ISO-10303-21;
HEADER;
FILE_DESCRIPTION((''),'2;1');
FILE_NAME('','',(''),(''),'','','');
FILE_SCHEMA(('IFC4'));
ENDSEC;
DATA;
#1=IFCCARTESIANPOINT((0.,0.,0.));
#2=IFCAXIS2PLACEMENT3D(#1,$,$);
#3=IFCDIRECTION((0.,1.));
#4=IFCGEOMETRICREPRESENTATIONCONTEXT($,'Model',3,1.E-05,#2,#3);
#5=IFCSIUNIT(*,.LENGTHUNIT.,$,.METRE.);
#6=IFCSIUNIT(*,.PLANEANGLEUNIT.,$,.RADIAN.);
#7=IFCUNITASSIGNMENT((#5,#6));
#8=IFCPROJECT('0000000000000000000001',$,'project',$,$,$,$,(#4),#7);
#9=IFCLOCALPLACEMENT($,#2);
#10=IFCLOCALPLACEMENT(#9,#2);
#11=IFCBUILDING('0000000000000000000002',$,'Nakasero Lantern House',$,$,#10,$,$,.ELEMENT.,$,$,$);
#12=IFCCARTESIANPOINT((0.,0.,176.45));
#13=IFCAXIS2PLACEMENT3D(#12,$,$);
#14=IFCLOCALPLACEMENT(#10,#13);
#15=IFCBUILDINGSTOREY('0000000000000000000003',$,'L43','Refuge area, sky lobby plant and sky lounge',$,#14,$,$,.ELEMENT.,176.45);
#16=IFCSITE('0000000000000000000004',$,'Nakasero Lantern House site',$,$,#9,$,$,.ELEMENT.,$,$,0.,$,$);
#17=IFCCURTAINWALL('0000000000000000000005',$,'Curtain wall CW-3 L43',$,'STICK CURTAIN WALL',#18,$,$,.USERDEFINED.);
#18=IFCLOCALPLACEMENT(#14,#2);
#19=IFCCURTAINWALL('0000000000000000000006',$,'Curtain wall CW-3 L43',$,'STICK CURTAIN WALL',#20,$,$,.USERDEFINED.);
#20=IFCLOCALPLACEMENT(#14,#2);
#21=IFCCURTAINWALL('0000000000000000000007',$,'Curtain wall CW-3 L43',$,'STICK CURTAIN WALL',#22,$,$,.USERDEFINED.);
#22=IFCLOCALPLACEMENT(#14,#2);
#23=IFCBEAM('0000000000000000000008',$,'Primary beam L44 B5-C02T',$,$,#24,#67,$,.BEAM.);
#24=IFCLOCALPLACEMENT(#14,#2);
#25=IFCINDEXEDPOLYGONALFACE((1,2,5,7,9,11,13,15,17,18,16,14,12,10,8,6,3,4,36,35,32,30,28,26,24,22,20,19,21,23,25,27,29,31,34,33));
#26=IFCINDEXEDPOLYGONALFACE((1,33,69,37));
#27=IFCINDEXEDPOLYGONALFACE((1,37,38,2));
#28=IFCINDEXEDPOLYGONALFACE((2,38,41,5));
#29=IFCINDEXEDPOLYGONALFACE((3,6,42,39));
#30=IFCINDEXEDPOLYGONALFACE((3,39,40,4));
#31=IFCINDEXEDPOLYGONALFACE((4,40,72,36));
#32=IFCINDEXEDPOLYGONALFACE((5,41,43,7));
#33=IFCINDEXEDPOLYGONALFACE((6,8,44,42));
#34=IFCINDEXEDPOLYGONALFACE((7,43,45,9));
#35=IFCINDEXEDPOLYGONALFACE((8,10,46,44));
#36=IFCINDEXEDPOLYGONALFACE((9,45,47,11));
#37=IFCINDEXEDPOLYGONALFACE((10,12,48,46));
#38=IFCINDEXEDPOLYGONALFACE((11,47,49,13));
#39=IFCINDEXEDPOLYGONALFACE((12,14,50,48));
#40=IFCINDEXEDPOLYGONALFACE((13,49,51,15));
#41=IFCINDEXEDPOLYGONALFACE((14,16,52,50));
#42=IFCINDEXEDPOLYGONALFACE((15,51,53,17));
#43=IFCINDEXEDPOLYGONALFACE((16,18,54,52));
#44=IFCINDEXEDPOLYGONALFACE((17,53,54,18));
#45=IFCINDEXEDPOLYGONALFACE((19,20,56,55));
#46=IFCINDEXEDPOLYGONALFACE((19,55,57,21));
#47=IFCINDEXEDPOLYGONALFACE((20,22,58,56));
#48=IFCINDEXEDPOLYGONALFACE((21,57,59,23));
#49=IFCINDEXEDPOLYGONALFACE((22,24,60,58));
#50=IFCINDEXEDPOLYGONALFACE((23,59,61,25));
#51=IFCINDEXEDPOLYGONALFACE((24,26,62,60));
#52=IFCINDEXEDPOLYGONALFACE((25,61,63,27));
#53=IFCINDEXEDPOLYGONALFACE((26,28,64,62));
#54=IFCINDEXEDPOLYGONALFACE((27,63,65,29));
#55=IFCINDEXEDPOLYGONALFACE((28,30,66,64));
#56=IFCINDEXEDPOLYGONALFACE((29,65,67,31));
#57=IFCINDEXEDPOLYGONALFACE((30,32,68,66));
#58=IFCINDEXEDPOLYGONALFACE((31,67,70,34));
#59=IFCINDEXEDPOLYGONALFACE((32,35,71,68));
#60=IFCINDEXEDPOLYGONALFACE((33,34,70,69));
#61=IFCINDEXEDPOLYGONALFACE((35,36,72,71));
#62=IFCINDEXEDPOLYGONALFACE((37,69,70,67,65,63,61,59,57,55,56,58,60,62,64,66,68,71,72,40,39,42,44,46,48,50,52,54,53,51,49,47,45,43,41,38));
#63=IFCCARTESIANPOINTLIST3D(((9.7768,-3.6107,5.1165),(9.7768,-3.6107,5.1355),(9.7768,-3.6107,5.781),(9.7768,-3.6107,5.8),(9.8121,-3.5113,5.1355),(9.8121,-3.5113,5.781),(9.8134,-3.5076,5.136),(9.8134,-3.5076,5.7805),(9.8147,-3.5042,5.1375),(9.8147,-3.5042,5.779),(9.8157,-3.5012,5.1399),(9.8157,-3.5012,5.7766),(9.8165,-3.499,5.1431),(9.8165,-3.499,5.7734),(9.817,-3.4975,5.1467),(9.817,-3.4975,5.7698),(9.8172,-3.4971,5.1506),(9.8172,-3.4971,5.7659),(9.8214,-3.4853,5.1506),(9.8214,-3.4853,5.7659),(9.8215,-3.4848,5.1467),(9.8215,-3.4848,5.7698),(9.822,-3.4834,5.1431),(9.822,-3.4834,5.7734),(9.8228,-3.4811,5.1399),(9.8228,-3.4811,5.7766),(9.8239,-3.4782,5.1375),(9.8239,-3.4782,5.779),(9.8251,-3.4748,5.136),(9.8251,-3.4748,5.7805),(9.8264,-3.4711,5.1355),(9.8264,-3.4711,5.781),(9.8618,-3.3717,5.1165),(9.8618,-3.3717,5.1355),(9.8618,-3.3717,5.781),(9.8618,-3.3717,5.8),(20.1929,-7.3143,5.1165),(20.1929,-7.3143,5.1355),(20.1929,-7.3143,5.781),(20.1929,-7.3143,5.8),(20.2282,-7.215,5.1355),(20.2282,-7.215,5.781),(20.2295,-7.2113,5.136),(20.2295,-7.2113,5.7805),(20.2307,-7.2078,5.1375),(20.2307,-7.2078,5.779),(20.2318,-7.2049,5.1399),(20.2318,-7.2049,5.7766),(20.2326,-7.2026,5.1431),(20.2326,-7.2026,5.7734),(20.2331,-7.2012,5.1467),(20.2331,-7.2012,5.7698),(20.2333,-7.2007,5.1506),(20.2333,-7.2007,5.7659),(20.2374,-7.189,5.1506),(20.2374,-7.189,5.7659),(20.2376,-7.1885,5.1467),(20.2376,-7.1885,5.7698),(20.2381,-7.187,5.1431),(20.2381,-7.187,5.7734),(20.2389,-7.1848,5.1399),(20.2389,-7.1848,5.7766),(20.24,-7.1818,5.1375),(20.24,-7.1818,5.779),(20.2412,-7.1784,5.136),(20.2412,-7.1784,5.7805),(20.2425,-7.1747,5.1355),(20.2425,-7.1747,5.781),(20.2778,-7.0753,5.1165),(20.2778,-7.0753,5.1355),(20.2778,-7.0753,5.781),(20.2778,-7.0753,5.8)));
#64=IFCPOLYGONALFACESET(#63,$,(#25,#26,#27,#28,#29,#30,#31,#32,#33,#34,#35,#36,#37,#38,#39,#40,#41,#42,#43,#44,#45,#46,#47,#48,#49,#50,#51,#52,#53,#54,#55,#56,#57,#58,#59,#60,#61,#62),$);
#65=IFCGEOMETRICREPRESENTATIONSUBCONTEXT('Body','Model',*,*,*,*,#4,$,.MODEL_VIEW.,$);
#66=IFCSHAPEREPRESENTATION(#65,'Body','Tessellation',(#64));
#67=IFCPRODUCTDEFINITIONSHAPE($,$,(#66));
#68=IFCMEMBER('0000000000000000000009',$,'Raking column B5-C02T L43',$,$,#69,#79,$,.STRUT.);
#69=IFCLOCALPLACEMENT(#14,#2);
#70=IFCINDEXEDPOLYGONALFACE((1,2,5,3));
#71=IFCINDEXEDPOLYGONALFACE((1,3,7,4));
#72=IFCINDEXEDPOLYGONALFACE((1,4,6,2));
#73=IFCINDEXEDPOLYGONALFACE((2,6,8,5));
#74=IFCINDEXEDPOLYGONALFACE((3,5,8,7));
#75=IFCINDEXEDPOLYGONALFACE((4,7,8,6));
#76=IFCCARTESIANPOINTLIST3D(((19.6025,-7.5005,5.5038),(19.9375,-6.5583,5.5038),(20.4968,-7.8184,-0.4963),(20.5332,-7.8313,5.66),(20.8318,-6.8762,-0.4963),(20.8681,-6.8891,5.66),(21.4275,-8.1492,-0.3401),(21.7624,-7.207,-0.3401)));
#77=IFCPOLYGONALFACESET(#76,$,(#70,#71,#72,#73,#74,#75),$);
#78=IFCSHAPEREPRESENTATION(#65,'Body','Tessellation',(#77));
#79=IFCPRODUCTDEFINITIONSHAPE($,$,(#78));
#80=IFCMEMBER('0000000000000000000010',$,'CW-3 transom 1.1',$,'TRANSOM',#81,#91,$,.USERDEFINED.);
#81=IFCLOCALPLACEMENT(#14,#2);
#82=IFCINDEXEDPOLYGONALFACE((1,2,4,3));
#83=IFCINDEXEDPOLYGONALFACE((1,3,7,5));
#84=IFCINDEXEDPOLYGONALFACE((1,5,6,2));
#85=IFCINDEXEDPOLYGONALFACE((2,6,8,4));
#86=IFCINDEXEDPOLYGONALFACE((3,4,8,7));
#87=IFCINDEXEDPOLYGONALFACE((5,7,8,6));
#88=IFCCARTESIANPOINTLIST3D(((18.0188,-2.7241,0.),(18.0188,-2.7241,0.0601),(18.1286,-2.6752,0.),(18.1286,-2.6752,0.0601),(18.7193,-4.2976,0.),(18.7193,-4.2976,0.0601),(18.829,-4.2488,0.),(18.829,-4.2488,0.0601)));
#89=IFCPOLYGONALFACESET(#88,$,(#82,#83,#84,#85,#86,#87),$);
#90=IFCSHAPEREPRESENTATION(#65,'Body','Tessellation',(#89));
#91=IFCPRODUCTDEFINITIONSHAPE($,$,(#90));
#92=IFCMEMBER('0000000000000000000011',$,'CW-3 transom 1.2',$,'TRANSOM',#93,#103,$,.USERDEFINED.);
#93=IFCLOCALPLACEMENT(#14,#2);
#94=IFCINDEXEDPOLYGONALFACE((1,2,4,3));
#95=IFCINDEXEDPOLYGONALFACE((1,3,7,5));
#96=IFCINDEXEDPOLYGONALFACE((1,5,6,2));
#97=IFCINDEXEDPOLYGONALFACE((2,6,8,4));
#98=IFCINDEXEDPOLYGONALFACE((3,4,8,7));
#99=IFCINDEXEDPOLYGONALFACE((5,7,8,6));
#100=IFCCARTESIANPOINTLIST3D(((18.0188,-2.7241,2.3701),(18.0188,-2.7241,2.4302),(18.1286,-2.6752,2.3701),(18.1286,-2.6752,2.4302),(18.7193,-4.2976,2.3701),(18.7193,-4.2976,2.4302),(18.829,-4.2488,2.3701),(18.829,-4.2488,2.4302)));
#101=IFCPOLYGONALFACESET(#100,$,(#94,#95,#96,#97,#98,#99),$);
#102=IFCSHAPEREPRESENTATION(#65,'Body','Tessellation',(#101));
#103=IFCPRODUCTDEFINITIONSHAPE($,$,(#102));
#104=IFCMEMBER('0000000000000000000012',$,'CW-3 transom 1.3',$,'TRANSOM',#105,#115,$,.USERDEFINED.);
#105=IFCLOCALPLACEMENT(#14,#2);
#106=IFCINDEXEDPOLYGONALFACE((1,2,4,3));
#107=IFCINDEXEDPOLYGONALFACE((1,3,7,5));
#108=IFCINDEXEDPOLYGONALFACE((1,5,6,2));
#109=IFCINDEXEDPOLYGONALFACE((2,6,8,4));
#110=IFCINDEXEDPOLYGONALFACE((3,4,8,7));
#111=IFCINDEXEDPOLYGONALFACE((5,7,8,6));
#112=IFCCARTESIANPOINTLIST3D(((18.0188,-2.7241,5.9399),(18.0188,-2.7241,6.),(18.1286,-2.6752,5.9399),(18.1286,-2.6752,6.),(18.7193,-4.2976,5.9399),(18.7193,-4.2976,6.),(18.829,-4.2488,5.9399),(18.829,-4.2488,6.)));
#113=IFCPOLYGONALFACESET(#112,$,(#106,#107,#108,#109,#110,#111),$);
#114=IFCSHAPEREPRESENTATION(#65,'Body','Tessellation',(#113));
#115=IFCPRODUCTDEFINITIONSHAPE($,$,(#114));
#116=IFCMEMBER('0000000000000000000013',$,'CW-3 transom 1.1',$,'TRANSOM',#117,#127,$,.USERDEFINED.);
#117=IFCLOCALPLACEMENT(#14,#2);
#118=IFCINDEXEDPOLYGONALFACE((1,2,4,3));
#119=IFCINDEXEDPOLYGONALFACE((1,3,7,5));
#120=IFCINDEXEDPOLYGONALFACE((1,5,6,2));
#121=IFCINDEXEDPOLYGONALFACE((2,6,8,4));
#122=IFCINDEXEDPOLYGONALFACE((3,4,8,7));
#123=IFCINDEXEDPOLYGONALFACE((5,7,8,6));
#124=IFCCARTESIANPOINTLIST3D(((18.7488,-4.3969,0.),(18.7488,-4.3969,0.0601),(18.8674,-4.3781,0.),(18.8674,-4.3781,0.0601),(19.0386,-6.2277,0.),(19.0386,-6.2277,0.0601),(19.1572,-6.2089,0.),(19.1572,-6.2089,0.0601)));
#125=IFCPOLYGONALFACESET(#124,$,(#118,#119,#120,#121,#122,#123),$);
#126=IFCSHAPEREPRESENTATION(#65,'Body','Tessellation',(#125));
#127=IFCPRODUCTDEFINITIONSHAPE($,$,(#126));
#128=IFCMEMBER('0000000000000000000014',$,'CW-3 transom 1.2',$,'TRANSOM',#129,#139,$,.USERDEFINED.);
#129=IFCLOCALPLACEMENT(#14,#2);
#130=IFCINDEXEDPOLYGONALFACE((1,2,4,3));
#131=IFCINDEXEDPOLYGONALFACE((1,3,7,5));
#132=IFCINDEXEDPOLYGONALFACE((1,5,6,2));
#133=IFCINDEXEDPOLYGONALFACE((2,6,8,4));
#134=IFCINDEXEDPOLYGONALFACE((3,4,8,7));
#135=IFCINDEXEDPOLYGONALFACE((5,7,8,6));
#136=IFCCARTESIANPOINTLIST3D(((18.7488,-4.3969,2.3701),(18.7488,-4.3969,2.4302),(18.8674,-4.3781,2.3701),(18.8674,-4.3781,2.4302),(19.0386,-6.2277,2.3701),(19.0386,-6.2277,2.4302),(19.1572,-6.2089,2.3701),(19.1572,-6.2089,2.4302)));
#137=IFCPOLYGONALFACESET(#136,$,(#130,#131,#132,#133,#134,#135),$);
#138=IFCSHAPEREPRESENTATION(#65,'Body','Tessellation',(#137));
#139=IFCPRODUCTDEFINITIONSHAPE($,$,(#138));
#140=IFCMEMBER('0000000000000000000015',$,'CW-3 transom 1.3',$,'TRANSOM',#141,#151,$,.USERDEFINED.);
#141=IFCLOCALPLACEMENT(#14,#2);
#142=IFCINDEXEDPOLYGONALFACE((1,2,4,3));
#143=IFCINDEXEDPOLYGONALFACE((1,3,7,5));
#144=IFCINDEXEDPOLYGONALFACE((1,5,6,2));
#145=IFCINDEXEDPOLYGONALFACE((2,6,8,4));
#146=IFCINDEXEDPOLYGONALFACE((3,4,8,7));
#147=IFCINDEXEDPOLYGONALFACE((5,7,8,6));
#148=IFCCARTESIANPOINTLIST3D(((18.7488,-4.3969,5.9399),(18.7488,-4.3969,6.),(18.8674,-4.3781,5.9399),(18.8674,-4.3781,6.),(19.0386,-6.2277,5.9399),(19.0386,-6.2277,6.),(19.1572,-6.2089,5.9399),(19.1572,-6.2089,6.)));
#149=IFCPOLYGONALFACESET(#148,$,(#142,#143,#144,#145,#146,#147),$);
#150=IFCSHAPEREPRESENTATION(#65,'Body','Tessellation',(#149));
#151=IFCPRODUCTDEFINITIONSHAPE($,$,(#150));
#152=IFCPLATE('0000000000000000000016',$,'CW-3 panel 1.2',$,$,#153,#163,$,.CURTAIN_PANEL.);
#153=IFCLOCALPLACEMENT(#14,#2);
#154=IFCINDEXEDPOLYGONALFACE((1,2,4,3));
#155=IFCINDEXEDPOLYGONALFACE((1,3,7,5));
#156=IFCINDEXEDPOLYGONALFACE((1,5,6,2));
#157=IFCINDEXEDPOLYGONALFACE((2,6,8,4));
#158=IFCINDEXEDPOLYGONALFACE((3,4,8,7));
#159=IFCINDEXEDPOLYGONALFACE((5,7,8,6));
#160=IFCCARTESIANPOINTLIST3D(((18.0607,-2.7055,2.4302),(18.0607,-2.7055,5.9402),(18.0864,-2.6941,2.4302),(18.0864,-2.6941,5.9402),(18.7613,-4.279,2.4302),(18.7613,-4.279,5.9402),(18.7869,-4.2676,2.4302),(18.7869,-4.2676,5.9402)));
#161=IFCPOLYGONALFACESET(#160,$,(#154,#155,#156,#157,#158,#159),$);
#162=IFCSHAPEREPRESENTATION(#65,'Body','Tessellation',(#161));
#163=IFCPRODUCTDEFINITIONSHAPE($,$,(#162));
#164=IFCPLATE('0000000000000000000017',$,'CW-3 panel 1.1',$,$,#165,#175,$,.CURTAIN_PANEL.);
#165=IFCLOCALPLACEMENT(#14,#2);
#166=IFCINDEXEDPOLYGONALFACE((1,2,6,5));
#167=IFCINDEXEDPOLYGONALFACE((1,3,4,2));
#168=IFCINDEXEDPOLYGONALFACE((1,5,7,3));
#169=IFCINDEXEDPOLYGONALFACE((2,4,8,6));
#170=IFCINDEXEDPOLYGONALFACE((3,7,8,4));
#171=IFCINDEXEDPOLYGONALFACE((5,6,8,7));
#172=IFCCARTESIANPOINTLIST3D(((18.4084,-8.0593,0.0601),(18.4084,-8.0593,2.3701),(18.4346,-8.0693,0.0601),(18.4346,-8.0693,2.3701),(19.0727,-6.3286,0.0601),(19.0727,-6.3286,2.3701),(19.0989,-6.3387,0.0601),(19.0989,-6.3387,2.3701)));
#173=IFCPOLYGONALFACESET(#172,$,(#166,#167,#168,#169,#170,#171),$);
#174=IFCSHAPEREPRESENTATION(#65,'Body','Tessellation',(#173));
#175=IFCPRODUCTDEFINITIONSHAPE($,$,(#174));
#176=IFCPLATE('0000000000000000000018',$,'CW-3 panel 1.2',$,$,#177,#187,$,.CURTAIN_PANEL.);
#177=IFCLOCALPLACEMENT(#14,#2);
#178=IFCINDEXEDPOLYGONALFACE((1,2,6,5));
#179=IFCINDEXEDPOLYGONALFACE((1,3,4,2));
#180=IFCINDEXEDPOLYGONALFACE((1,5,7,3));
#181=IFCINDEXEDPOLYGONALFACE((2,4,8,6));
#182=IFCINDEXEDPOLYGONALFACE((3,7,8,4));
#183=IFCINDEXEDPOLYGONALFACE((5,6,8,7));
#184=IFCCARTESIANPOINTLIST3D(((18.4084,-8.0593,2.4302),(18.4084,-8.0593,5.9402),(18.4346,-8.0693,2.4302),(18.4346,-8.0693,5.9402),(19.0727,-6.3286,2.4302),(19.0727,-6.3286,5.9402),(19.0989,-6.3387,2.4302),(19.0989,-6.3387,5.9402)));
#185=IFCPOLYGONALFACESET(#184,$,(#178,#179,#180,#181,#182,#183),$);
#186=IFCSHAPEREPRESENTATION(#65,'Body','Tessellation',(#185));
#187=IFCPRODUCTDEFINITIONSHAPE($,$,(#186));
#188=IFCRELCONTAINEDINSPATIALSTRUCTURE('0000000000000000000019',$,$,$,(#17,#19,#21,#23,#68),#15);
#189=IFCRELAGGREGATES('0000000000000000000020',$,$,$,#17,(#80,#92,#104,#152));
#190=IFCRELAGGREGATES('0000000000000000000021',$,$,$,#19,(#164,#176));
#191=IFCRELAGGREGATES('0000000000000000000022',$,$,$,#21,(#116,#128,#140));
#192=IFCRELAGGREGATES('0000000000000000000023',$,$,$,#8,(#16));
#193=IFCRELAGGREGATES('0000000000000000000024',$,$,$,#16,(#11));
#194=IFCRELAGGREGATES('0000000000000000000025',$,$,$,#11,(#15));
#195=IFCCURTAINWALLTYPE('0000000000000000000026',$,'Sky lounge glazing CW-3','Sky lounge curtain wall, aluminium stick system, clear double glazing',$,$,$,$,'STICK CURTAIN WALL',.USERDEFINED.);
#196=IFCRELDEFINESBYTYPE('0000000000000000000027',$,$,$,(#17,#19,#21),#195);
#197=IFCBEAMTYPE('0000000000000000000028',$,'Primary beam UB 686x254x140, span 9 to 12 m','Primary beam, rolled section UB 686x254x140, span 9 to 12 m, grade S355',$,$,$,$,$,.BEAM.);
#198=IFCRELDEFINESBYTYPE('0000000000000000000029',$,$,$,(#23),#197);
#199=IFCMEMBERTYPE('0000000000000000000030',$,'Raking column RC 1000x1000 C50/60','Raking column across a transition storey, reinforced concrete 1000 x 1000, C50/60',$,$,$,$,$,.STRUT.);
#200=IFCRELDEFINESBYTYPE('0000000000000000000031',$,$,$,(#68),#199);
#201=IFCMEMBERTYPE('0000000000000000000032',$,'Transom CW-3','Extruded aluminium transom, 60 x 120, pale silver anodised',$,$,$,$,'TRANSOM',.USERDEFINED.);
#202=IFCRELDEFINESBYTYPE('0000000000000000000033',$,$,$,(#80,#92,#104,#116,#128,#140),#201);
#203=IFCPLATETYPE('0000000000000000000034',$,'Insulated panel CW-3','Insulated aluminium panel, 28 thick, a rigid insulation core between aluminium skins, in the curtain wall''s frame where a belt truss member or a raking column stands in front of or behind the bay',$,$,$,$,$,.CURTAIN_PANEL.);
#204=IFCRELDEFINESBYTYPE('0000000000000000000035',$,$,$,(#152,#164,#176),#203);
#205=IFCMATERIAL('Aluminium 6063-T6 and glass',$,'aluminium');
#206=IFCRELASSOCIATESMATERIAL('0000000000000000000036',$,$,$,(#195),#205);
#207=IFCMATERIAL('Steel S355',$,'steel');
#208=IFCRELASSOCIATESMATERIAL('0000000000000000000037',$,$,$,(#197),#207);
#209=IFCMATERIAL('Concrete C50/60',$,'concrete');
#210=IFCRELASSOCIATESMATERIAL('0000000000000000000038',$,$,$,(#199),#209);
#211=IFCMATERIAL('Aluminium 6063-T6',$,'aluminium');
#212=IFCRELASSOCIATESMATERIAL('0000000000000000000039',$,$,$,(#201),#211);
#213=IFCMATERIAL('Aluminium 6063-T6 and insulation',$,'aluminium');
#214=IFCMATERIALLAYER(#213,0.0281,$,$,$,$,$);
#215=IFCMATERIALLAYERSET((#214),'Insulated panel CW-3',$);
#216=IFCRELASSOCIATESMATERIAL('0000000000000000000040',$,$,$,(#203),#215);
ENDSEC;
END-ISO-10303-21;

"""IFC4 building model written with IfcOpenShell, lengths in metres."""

from ifc_helpers import new_model, si_unit, direction, frame, origin, origin_2d, place, context, subcontext, project, spatial, rectangle, i_section, extrude, material, layer, layer_set, material_profile, profile_set, type_object, element, aggregate, save


model = new_model("IFC4")

# Units and contexts
model_context = context("Model", 3, precision=1e-05, world=origin(), true_north=direction((0.0, 1.0)))
body_context = subcontext(model_context, "Body", "Model", "MODEL_VIEW")
ifc_project = project(units=[si_unit("LENGTHUNIT", "METRE"), si_unit("PLANEANGLEUNIT", "RADIAN")], contexts=[model_context])

# Site, building, storey
site_placement = place(None, origin())
site = spatial("IfcSite", under=ifc_project, at=site_placement, Name="Nakasero Lantern House site", CompositionType="ELEMENT", RefElevation=0.0)
building_placement = place(site_placement, origin())
building = spatial("IfcBuilding", under=site, at=building_placement, Name="Nakasero Lantern House", CompositionType="ELEMENT")
storey_placement = place(building_placement, frame((0.0, 0.0, 176.45)))
storey = spatial("IfcBuildingStorey", under=building, at=storey_placement, Name="L43", Description="Refuge area, sky lobby plant and sky lounge", CompositionType="ELEMENT", Elevation=176.45)

# Curtain walls
ifc_material_1 = material(Name="Aluminium 6063-T6 and glass", Category="aluminium")
curtain_wall_type = type_object("IfcCurtainWallType", Name="Sky lounge glazing CW-3", Description="Sky lounge curtain wall, aluminium stick system, clear double glazing", ElementType="STICK CURTAIN WALL", PredefinedType="USERDEFINED", material=ifc_material_1)
curtain_wall_1_placement = place(storey_placement, origin())
curtain_wall_1 = element("IfcCurtainWall", 1, at=curtain_wall_1_placement, inside=storey, type_object=curtain_wall_type, Name="Curtain wall CW-3 L43", ObjectType="STICK CURTAIN WALL", PredefinedType="USERDEFINED")
curtain_wall_2_placement = place(storey_placement, origin())
curtain_wall_2 = element("IfcCurtainWall", 2, at=curtain_wall_2_placement, inside=storey, type_object=curtain_wall_type, Name="Curtain wall CW-3 L43", ObjectType="STICK CURTAIN WALL", PredefinedType="USERDEFINED")

# Curtain wall
curtain_wall_3_placement = place(storey_placement, origin())
curtain_wall_3 = element("IfcCurtainWall", 3, at=curtain_wall_3_placement, inside=storey, type_object=curtain_wall_type, Name="Curtain wall CW-3 L43", ObjectType="STICK CURTAIN WALL", PredefinedType="USERDEFINED")

# Beam
ifc_material_2 = material(Name="Steel S355", Category="steel")
ifc_material_profile_1 = material_profile(ifc_material_2, i_section(OverallWidth=0.2537, OverallDepth=0.6836, WebThickness=0.0125, FlangeThickness=0.019, FilletRadius=0.0151, at=origin_2d()), Name="UB 686x254x140")
ifc_profile_set_1 = profile_set([ifc_material_profile_1], Name="Steel S355")
beam_type = type_object("IfcBeamType", Name="Primary beam UB 686x254x140, span 9 to 12 m", Description="Primary beam, rolled section UB 686x254x140, span 9 to 12 m, grade S355", PredefinedType="BEAM", material=ifc_profile_set_1)
beam_placement = place(storey_placement, frame((20.2354, -7.1948, 5.4583), z_axis=(-0.942211, 0.335021, 0.0), x_axis=(-0.335021, -0.942211, 0.0)))
element("IfcBeam", 4, at=beam_placement, inside=storey, type_object=beam_type, Name="Primary beam L44 B5-C02T", PredefinedType="BEAM", context=body_context, shape_type="SweptSolid", body=[
    extrude(i_section(OverallWidth=0.2537, OverallDepth=0.6836, WebThickness=0.0125, FlangeThickness=0.019, FilletRadius=0.0151, at=origin_2d()), origin(), (0.0, 0.0, 1.0), 11.0549),
])

# Members
ifc_material_3 = material(Name="Concrete C50/60", Category="concrete")
ifc_material_profile_2 = material_profile(ifc_material_3, rectangle(XDim=1.0, YDim=1.0, at=origin_2d()), Name="RC 1000x1000")
ifc_profile_set_2 = profile_set([ifc_material_profile_2], Name="Concrete C50/60")
member_type_1 = type_object("IfcMemberType", Name="Raking column RC 1000x1000 C50/60", Description="Raking column across a transition storey, reinforced concrete 1000 x 1000, C50/60", PredefinedType="STRUT", material=ifc_profile_set_2)
member_1_placement = place(storey_placement, frame((21.1296, -7.5127, -0.4182), z_axis=(-0.147217, 0.052328, 0.987719), x_axis=(-0.334918, -0.942247, 0.0)))
element("IfcMember", 5, at=member_1_placement, inside=storey, type_object=member_type_1, Name="Raking column B5-C02T L43", PredefinedType="STRUT", context=body_context, shape_type="SweptSolid", body=[
    extrude(rectangle(XDim=1.0, YDim=1.0, at=origin_2d()), origin(), (0.0, 0.0, 1.0), 6.0747),
])
ifc_material_4 = material(Name="Aluminium 6063-T6", Category="aluminium")
ifc_material_profile_3 = material_profile(ifc_material_4, rectangle(XDim=0.0601, YDim=0.1201, at=origin_2d()), Name="CW-3 transom 60x120")
ifc_profile_set_3 = profile_set([ifc_material_profile_3], Name="Aluminium 6063-T6")
member_type_2 = type_object("IfcMemberType", Name="Transom CW-3", Description="Extruded aluminium transom, 60 x 120, pale silver anodised", ElementType="TRANSOM", PredefinedType="USERDEFINED", material=ifc_profile_set_3)
member_2_placement = place(storey_placement, frame((18.7742, -4.2732, 0.03), z_axis=(-0.406678, 0.913572, 0.0), x_axis=(0.0, 0.0, 1.0)))
member_2 = element("IfcMember", 6, at=member_2_placement, type_object=member_type_2, Name="CW-3 transom 1.1", ObjectType="TRANSOM", PredefinedType="USERDEFINED", context=body_context, shape_type="SweptSolid", body=[
    extrude(rectangle(XDim=0.0601, YDim=0.1201, at=origin_2d()), origin(), (0.0, 0.0, 1.0), 1.7224),
])
member_3_placement = place(storey_placement, frame((18.7742, -4.2732, 2.4001), z_axis=(-0.406678, 0.913572, 0.0), x_axis=(0.0, 0.0, 1.0)))
member_3 = element("IfcMember", 7, at=member_3_placement, type_object=member_type_2, Name="CW-3 transom 1.2", ObjectType="TRANSOM", PredefinedType="USERDEFINED", context=body_context, shape_type="SweptSolid", body=[
    extrude(rectangle(XDim=0.0601, YDim=0.1201, at=origin_2d()), origin(), (0.0, 0.0, 1.0), 1.7224),
])
member_4_placement = place(storey_placement, frame((18.7742, -4.2732, 5.97), z_axis=(-0.406678, 0.913572, 0.0), x_axis=(0.0, 0.0, 1.0)))
member_4 = element("IfcMember", 8, at=member_4_placement, type_object=member_type_2, Name="CW-3 transom 1.3", ObjectType="TRANSOM", PredefinedType="USERDEFINED", context=body_context, shape_type="SweptSolid", body=[
    extrude(rectangle(XDim=0.0601, YDim=0.1201, at=origin_2d()), origin(), (0.0, 0.0, 1.0), 1.7224),
])
member_5_placement = place(storey_placement, frame((19.0979, -6.2183, 0.03), z_axis=(-0.156341, 0.987703, 0.0), x_axis=(0.0, 0.0, 1.0)))
member_5 = element("IfcMember", 9, at=member_5_placement, type_object=member_type_2, Name="CW-3 transom 1.1", ObjectType="TRANSOM", PredefinedType="USERDEFINED", context=body_context, shape_type="SweptSolid", body=[
    extrude(rectangle(XDim=0.0601, YDim=0.1201, at=origin_2d()), origin(), (0.0, 0.0, 1.0), 1.8535),
])
member_6_placement = place(storey_placement, frame((19.0979, -6.2183, 2.4001), z_axis=(-0.156341, 0.987703, 0.0), x_axis=(0.0, 0.0, 1.0)))
member_6 = element("IfcMember", 10, at=member_6_placement, type_object=member_type_2, Name="CW-3 transom 1.2", ObjectType="TRANSOM", PredefinedType="USERDEFINED", context=body_context, shape_type="SweptSolid", body=[
    extrude(rectangle(XDim=0.0601, YDim=0.1201, at=origin_2d()), origin(), (0.0, 0.0, 1.0), 1.8535),
])
member_7_placement = place(storey_placement, frame((19.0979, -6.2183, 5.97), z_axis=(-0.156341, 0.987703, 0.0), x_axis=(0.0, 0.0, 1.0)))
member_7 = element("IfcMember", 11, at=member_7_placement, type_object=member_type_2, Name="CW-3 transom 1.3", ObjectType="TRANSOM", PredefinedType="USERDEFINED", context=body_context, shape_type="SweptSolid", body=[
    extrude(rectangle(XDim=0.0601, YDim=0.1201, at=origin_2d()), origin(), (0.0, 0.0, 1.0), 1.8535),
])

# Plates
ifc_material_5 = material(Name="Aluminium 6063-T6 and insulation", Category="aluminium")
ifc_layer_1 = layer(ifc_material_5, 0.0281)
ifc_layer_set_1 = layer_set([ifc_layer_1], Name="Insulated panel CW-3")
plate_type = type_object("IfcPlateType", Name="Insulated panel CW-3", Description="Insulated aluminium panel, 28 thick, a rigid insulation core between aluminium skins, in the curtain wall's frame where a belt truss member or a raking column stands in front of or behind the bay", PredefinedType="CURTAIN_PANEL", material=ifc_layer_set_1)
plate_1_placement = place(storey_placement, frame((18.4238, -3.4866, 2.4302), z_axis=(0.0, 0.0, 1.0), x_axis=(-0.406737, 0.913545, 0.0)))
plate_1 = element("IfcPlate", 12, at=plate_1_placement, type_object=plate_type, Name="CW-3 panel 1.2", PredefinedType="CURTAIN_PANEL", context=body_context, shape_type="SweptSolid", body=[
    extrude(rectangle(XDim=1.7224, YDim=0.0281, at=origin_2d()), origin(), (0.0, 0.0, 1.0), 3.51),
])
aggregate(curtain_wall_1, [member_2, member_3, member_4, plate_1])
plate_2_placement = place(storey_placement, frame((18.7537, -7.199, 0.0601), z_axis=(0.0, 0.0, 1.0), x_axis=(0.358368, 0.93358, 0.0)))
plate_2 = element("IfcPlate", 13, at=plate_2_placement, type_object=plate_type, Name="CW-3 panel 1.1", PredefinedType="CURTAIN_PANEL", context=body_context, shape_type="SweptSolid", body=[
    extrude(rectangle(XDim=1.8538, YDim=0.0281, at=origin_2d()), origin(), (0.0, 0.0, 1.0), 2.3101),
])
plate_3_placement = place(storey_placement, frame((18.7537, -7.199, 2.4302), z_axis=(0.0, 0.0, 1.0), x_axis=(0.358368, 0.93358, 0.0)))
plate_3 = element("IfcPlate", 14, at=plate_3_placement, type_object=plate_type, Name="CW-3 panel 1.2", PredefinedType="CURTAIN_PANEL", context=body_context, shape_type="SweptSolid", body=[
    extrude(rectangle(XDim=1.8538, YDim=0.0281, at=origin_2d()), origin(), (0.0, 0.0, 1.0), 3.51),
])
aggregate(curtain_wall_2, [plate_2, plate_3])
aggregate(curtain_wall_3, [member_5, member_6, member_7])

save(model, "model.ifc")
